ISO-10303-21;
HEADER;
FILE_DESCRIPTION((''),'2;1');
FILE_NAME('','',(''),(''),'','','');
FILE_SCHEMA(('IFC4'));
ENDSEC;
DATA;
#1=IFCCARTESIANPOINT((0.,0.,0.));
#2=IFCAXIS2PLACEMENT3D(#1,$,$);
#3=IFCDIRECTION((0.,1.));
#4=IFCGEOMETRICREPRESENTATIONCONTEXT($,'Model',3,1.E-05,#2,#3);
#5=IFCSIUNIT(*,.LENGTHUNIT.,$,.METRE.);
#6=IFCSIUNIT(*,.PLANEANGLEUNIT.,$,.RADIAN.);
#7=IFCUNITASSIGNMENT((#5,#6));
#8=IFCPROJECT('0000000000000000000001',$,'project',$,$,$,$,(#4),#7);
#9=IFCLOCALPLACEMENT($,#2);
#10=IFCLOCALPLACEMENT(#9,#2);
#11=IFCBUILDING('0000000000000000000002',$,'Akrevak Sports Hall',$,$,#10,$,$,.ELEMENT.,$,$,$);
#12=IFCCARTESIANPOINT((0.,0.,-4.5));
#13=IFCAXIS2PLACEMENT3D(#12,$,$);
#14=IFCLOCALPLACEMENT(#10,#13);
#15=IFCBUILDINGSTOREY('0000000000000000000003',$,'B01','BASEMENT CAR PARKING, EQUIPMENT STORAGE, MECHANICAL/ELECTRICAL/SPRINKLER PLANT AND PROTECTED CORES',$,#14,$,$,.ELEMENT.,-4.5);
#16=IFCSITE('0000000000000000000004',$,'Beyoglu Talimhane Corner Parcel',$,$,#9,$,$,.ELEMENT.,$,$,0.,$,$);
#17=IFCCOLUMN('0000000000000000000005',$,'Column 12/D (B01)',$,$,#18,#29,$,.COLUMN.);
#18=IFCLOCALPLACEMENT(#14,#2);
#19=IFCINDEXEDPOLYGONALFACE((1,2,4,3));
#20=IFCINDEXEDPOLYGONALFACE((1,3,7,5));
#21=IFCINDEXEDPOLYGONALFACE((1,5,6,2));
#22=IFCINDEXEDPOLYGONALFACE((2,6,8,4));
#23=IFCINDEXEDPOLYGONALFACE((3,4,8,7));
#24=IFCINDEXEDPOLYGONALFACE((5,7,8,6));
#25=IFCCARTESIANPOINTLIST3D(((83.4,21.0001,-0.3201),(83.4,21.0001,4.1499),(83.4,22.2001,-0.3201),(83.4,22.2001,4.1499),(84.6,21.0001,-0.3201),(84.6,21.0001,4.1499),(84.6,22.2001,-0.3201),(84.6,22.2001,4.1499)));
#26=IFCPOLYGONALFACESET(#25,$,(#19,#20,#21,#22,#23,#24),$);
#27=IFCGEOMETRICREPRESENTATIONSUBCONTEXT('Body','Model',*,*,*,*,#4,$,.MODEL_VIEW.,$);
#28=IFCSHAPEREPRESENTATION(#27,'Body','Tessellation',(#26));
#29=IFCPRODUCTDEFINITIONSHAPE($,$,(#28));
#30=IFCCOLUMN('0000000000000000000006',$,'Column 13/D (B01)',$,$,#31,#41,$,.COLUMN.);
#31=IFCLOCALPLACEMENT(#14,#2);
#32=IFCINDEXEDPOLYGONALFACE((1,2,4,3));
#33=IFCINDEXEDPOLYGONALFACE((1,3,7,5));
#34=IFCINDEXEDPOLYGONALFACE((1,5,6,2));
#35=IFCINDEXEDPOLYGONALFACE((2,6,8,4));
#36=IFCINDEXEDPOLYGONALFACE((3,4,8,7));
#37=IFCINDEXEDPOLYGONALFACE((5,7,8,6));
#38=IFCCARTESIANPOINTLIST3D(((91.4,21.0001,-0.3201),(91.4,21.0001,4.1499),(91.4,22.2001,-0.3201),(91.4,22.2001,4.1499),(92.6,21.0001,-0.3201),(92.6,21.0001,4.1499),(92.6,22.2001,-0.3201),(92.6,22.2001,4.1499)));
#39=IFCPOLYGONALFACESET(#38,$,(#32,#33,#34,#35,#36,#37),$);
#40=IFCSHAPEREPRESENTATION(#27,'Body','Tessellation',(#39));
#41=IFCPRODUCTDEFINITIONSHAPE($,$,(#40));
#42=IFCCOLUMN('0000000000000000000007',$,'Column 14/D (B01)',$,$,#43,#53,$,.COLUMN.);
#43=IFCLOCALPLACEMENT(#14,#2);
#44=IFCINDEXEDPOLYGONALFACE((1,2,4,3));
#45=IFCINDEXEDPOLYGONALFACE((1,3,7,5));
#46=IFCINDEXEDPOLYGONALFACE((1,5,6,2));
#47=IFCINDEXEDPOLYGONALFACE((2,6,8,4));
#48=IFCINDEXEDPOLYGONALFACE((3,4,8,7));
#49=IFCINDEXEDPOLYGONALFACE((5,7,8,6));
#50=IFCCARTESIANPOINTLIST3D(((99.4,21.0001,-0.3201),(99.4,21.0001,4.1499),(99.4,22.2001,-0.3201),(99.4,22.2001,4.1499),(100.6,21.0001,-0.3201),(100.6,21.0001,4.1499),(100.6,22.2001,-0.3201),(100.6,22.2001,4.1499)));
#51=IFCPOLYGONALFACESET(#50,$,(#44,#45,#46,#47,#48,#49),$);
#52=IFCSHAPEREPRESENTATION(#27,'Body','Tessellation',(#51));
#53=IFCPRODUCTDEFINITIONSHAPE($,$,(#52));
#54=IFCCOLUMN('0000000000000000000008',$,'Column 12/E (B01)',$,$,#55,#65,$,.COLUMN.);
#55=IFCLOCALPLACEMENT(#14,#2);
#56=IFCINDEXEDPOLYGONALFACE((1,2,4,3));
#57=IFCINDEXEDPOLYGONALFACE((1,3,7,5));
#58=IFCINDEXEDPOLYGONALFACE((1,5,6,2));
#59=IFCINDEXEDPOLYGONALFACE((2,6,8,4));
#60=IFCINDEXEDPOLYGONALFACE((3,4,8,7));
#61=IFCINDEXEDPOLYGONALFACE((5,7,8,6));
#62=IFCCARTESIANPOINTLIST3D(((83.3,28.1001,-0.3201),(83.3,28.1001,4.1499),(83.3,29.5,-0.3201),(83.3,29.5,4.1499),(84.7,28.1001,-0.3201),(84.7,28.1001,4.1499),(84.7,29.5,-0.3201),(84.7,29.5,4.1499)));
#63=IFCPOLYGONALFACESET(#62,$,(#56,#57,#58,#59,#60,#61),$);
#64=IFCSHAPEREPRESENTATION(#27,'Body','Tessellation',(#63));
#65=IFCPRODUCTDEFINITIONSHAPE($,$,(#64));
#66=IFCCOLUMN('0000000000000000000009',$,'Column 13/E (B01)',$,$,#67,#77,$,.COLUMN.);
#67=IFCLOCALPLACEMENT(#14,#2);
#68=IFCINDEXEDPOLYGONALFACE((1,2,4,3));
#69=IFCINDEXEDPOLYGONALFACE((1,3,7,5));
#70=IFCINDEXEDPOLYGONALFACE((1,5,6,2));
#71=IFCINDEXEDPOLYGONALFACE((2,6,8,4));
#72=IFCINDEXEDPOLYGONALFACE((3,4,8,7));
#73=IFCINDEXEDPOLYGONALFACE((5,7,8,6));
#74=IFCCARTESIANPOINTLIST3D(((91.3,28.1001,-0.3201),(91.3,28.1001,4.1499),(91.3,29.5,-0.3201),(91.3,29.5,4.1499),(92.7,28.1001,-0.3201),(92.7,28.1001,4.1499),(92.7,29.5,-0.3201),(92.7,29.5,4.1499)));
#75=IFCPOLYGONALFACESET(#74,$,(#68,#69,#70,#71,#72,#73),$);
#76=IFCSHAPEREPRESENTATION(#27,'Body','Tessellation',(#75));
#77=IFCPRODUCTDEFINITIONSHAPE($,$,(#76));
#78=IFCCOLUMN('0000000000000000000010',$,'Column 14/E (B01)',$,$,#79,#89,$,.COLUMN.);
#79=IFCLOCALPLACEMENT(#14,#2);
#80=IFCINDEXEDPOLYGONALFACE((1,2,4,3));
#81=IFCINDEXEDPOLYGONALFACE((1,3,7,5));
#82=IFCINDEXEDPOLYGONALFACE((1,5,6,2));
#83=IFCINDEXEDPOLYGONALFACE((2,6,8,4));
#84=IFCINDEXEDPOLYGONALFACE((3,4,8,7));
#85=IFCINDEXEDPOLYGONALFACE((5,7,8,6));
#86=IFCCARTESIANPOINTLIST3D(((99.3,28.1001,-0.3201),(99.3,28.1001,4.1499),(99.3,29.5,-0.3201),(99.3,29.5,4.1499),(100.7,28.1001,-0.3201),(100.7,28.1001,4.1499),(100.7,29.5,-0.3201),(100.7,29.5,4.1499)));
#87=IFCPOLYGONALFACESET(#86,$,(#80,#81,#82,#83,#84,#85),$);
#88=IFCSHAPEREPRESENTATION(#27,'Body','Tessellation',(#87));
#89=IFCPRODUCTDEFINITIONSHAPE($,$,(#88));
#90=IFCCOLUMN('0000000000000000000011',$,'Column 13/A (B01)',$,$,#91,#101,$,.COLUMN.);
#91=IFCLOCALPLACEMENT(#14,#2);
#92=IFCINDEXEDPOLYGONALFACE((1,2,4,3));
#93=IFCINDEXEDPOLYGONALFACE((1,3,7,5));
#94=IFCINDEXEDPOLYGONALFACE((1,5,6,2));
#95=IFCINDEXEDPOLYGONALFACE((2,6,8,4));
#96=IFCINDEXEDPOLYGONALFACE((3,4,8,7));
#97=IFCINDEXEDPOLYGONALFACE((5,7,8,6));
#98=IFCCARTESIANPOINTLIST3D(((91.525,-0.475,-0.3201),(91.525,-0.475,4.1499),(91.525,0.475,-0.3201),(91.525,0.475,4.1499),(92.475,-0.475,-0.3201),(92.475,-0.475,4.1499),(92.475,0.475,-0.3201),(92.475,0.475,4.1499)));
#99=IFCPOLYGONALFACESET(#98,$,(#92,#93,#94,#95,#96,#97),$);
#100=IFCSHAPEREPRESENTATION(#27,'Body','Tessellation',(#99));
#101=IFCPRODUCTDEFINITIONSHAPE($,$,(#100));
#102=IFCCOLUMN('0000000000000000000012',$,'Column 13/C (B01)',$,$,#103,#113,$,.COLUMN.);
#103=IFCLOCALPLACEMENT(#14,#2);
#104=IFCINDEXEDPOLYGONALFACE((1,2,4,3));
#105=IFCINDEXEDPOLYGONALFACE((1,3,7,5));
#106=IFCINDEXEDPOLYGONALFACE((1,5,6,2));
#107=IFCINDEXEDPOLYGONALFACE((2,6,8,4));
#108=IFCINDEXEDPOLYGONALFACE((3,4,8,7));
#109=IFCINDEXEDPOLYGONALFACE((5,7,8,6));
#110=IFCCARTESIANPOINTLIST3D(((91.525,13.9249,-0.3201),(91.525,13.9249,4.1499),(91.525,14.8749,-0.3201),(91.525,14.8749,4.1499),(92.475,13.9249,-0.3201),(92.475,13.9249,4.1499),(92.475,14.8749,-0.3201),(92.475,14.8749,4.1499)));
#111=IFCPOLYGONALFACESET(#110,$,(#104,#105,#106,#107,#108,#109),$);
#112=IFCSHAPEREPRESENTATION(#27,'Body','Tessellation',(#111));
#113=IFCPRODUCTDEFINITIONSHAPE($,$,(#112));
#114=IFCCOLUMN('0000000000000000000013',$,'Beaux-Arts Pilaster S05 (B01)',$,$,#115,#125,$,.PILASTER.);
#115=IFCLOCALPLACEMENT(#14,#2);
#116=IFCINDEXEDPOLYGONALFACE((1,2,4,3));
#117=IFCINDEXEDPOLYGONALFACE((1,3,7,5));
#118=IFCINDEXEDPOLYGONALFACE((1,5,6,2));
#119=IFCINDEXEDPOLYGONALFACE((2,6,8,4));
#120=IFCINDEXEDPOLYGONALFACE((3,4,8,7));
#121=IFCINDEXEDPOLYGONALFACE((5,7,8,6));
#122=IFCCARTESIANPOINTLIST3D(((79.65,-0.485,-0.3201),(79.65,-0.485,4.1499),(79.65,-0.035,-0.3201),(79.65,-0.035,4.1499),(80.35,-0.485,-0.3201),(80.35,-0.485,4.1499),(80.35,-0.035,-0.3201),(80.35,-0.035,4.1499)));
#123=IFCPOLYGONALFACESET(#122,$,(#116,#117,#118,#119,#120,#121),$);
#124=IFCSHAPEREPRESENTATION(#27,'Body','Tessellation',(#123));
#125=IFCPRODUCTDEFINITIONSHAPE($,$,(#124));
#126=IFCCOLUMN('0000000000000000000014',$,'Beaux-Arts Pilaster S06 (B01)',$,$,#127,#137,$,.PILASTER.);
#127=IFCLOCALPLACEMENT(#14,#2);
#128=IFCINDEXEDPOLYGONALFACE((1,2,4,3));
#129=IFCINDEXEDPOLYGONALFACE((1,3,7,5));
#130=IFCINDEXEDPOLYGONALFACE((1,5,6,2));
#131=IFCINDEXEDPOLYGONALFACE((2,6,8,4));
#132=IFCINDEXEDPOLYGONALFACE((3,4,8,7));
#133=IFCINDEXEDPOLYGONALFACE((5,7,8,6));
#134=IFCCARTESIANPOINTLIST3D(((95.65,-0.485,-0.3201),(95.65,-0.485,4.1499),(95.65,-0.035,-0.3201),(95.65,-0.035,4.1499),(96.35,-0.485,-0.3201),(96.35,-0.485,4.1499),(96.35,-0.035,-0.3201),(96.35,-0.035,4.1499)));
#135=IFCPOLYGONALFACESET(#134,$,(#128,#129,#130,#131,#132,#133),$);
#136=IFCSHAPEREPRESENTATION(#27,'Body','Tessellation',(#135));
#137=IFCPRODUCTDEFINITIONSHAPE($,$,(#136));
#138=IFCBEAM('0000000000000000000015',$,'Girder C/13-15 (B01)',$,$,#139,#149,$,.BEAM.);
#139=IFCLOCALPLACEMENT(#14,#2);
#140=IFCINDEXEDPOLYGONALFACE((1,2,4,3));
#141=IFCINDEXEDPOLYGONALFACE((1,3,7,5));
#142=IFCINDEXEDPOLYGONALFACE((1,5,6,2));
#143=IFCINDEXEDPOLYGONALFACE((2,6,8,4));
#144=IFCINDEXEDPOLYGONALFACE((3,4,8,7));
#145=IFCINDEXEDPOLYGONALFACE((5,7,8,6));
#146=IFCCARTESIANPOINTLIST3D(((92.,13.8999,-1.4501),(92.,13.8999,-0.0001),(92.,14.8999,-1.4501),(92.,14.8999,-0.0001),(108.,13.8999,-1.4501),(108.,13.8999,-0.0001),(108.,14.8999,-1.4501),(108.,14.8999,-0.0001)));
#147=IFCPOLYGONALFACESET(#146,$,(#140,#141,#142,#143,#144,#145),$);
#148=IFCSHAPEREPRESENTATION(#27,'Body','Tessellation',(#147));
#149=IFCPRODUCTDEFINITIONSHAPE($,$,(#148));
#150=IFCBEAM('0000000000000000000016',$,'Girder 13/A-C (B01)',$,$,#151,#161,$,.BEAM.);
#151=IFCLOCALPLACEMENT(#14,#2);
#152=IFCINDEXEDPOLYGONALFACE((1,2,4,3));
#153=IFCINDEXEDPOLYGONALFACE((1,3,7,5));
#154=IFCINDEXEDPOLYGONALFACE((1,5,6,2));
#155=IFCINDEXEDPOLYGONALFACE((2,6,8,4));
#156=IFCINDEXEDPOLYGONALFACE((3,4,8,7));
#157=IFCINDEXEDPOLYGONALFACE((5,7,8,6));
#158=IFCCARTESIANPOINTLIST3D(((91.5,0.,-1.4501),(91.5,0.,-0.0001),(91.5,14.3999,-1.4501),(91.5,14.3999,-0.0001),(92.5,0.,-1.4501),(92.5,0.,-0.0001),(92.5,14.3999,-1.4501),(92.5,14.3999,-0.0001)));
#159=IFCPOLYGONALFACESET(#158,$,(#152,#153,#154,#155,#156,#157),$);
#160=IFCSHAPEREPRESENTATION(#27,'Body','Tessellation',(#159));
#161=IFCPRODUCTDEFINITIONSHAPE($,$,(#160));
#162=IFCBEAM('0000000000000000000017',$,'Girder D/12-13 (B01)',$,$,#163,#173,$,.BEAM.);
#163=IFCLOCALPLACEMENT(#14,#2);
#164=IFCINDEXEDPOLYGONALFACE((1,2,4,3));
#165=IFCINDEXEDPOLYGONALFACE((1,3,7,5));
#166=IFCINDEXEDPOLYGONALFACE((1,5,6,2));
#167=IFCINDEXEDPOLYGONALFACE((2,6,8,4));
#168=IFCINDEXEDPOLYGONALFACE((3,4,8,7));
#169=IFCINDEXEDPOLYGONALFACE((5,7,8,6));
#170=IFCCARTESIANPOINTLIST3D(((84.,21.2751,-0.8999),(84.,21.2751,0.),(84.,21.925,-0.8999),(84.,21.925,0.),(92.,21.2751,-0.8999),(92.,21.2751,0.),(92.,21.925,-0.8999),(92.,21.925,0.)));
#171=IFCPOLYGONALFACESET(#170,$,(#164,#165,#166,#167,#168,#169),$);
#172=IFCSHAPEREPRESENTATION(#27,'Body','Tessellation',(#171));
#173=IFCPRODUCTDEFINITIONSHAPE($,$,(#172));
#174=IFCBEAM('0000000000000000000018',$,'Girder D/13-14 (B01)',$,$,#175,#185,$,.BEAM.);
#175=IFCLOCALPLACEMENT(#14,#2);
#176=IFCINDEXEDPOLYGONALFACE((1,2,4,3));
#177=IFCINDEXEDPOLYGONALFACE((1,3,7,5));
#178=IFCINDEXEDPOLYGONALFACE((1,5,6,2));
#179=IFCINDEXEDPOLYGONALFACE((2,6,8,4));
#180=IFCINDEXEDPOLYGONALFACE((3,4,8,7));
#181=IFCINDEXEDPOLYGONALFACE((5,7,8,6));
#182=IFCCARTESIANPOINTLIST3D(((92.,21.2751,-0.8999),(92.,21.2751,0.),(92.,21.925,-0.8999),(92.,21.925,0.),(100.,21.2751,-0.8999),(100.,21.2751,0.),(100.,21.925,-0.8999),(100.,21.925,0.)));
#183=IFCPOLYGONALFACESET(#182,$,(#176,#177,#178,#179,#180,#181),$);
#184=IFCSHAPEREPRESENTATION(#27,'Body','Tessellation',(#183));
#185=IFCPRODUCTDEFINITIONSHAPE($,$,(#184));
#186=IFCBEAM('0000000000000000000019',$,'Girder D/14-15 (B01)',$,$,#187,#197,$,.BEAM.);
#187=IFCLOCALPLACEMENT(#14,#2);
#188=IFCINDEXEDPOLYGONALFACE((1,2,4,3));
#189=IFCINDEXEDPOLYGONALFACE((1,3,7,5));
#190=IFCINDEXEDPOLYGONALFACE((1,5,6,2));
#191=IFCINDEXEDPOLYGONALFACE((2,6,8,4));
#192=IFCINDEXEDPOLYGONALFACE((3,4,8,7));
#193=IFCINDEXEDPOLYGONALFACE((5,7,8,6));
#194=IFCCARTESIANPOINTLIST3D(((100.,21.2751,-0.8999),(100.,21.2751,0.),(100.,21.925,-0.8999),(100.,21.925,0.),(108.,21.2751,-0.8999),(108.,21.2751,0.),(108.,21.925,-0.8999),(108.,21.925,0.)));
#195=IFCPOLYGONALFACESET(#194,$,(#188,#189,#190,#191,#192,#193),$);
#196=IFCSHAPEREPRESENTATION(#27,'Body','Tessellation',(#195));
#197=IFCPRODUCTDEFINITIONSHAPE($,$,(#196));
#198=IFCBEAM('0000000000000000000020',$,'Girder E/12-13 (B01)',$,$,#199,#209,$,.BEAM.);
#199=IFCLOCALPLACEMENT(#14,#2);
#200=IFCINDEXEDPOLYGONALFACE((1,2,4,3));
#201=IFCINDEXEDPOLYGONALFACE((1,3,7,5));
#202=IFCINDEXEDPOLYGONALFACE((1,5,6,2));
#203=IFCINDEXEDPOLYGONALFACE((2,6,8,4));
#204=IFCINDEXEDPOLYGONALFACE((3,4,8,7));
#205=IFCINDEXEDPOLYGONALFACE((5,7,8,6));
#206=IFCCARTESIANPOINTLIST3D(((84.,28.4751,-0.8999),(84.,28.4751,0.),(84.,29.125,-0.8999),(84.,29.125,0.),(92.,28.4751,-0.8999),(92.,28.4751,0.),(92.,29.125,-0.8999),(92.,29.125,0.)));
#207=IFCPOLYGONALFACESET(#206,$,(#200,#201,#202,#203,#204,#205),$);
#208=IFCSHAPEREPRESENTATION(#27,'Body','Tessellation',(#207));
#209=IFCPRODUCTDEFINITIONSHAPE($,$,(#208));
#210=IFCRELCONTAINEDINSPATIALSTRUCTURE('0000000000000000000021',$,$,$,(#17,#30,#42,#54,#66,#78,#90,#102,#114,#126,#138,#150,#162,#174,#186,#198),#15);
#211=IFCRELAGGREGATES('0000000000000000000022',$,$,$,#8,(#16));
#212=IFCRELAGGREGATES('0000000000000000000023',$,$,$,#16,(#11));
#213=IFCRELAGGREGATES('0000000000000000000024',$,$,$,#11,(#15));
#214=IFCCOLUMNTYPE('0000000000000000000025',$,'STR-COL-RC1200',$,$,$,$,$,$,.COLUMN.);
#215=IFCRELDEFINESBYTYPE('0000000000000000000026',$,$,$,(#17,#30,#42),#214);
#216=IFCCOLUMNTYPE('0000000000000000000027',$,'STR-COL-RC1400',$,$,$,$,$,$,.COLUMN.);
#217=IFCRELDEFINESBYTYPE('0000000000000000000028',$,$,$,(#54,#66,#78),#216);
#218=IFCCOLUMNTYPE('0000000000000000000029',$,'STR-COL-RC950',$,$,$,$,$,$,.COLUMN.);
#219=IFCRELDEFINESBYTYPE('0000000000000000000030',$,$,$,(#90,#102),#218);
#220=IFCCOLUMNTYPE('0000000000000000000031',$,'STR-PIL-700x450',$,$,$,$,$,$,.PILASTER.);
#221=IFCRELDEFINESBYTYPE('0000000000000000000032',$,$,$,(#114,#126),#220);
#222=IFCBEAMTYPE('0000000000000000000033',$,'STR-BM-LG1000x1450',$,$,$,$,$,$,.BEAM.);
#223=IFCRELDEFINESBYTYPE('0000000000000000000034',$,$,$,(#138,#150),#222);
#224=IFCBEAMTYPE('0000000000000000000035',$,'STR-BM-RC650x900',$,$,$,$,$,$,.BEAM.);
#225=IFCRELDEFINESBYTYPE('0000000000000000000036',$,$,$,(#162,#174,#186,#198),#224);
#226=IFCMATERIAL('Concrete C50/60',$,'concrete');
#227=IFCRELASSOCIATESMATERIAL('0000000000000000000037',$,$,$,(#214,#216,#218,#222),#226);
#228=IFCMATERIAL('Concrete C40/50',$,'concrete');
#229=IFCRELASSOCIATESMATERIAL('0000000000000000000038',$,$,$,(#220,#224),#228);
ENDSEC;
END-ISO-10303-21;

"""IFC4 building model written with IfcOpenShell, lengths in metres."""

from ifc_helpers import new_model, si_unit, direction, frame, origin, origin_2d, place, context, subcontext, project, spatial, rectangle, extrude, material, material_profile, profile_set, type_object, element, save


model = new_model("IFC4")

# Units and contexts
model_context = context("Model", 3, precision=1e-05, world=origin(), true_north=direction((0.0, 1.0)))
body_context = subcontext(model_context, "Body", "Model", "MODEL_VIEW")
ifc_project = project(units=[si_unit("LENGTHUNIT", "METRE"), si_unit("PLANEANGLEUNIT", "RADIAN")], contexts=[model_context])

# Site, building, storey
site_placement = place(None, origin())
site = spatial("IfcSite", under=ifc_project, at=site_placement, Name="Beyoglu Talimhane Corner Parcel", CompositionType="ELEMENT", RefElevation=0.0)
building_placement = place(site_placement, origin())
building = spatial("IfcBuilding", under=site, at=building_placement, Name="Akrevak Sports Hall", CompositionType="ELEMENT")
storey_placement = place(building_placement, frame((0.0, 0.0, -4.5)))
storey = spatial("IfcBuildingStorey", under=building, at=storey_placement, Name="B01", Description="BASEMENT CAR PARKING, EQUIPMENT STORAGE, MECHANICAL/ELECTRICAL/SPRINKLER PLANT AND PROTECTED CORES", CompositionType="ELEMENT", Elevation=-4.5)

# Columns
ifc_material_1 = material(Name="Concrete C50/60", Category="concrete")
ifc_material_profile_1 = material_profile(ifc_material_1, rectangle(XDim=1.2, YDim=1.2, at=origin_2d()), Name="RC 1200x1200", Category="concrete")
ifc_profile_set_1 = profile_set([ifc_material_profile_1], Name="Concrete C50/60")
column_type_1 = type_object("IfcColumnType", Name="STR-COL-RC1200", PredefinedType="COLUMN", material=ifc_profile_set_1)
for number, where, z_axis, x_axis, name in (
    (1, (84.0, 21.6001, -0.3201), (0.0, 0.0, 1.0), (1.0, 0.0, 0.0), "Column 12/D (B01)"),
    (2, (92.0, 21.6001, -0.3201), (0.0, 0.0, 1.0), (1.0, 0.0, 0.0), "Column 13/D (B01)"),
    (3, (100.0, 21.6001, -0.3201), (0.0, 0.0, 1.0), (1.0, 0.0, 0.0), "Column 14/D (B01)"),
):
    element("IfcColumn", number, at=place(storey_placement, frame(where, z_axis=z_axis, x_axis=x_axis)), inside=storey, type_object=column_type_1, Name=name, PredefinedType="COLUMN", context=body_context, shape_type="SweptSolid", body=[
        extrude(rectangle(XDim=1.2, YDim=1.2, at=origin_2d()), origin(), (0.0, 0.0, 1.0), 4.47),
    ])
ifc_material_profile_2 = material_profile(ifc_material_1, rectangle(XDim=1.3999, YDim=1.3999, at=origin_2d()), Name="RC 1400x1400", Category="concrete")
ifc_profile_set_2 = profile_set([ifc_material_profile_2], Name="Concrete C50/60")
column_type_2 = type_object("IfcColumnType", Name="STR-COL-RC1400", PredefinedType="COLUMN", material=ifc_profile_set_2)
for number, where, z_axis, x_axis, name in (
    (4, (84.0, 28.8, -0.3201), (0.0, 0.0, 1.0), (1.0, 0.0, 0.0), "Column 12/E (B01)"),
    (5, (92.0, 28.8, -0.3201), (0.0, 0.0, 1.0), (1.0, 0.0, 0.0), "Column 13/E (B01)"),
    (6, (100.0, 28.8, -0.3201), (0.0, 0.0, 1.0), (1.0, 0.0, 0.0), "Column 14/E (B01)"),
):
    element("IfcColumn", number, at=place(storey_placement, frame(where, z_axis=z_axis, x_axis=x_axis)), inside=storey, type_object=column_type_2, Name=name, PredefinedType="COLUMN", context=body_context, shape_type="SweptSolid", body=[
        extrude(rectangle(XDim=1.3999, YDim=1.3999, at=origin_2d()), origin(), (0.0, 0.0, 1.0), 4.47),
    ])
ifc_material_profile_3 = material_profile(ifc_material_1, rectangle(XDim=0.95, YDim=0.95, at=origin_2d()), Name="RC 950x950", Category="concrete")
ifc_profile_set_3 = profile_set([ifc_material_profile_3], Name="Concrete C50/60")
column_type_3 = type_object("IfcColumnType", Name="STR-COL-RC950", PredefinedType="COLUMN", material=ifc_profile_set_3)
for number, where, z_axis, x_axis, name in (
    (7, (92.0, 0.0, -0.3201), (0.0, 0.0, 1.0), (1.0, 0.0, 0.0), "Column 13/A (B01)"),
    (8, (92.0, 14.3999, -0.3201), (0.0, 0.0, 1.0), (1.0, 0.0, 0.0), "Column 13/C (B01)"),
):
    element("IfcColumn", number, at=place(storey_placement, frame(where, z_axis=z_axis, x_axis=x_axis)), inside=storey, type_object=column_type_3, Name=name, PredefinedType="COLUMN", context=body_context, shape_type="SweptSolid", body=[
        extrude(rectangle(XDim=0.95, YDim=0.95, at=origin_2d()), origin(), (0.0, 0.0, 1.0), 4.47),
    ])
ifc_material_2 = material(Name="Concrete C40/50", Category="concrete")
ifc_material_profile_4 = material_profile(ifc_material_2, rectangle(XDim=0.7, YDim=0.45, at=origin_2d()), Name="PIL 700x450", Category="concrete")
ifc_profile_set_4 = profile_set([ifc_material_profile_4], Name="Concrete C40/50")
column_type_4 = type_object("IfcColumnType", Name="STR-PIL-700x450", PredefinedType="PILASTER", material=ifc_profile_set_4)
for number, where, z_axis, x_axis, name in (
    (9, (80.0, -0.26, -0.3201), (0.0, 0.0, 1.0), (1.0, 0.0, 0.0), "Beaux-Arts Pilaster S05 (B01)"),
    (10, (96.0, -0.26, -0.3201), (0.0, 0.0, 1.0), (1.0, 0.0, 0.0), "Beaux-Arts Pilaster S06 (B01)"),
):
    element("IfcColumn", number, at=place(storey_placement, frame(where, z_axis=z_axis, x_axis=x_axis)), inside=storey, type_object=column_type_4, Name=name, PredefinedType="PILASTER", context=body_context, shape_type="SweptSolid", body=[
        extrude(rectangle(XDim=0.7, YDim=0.45, at=origin_2d()), origin(), (0.0, 0.0, 1.0), 4.47),
    ])

# Beams
ifc_material_profile_5 = material_profile(ifc_material_1, rectangle(XDim=1.0, YDim=1.45, at=origin_2d()), Name="BM 1000x1450", Category="concrete")
ifc_profile_set_5 = profile_set([ifc_material_profile_5], Name="Concrete C50/60")
beam_type_1 = type_object("IfcBeamType", Name="STR-BM-LG1000x1450", PredefinedType="BEAM", material=ifc_profile_set_5)
beam_1_placement = place(storey_placement, frame((92.0, 14.3999, -0.7251), z_axis=(1.0, 0.0, 0.0), x_axis=(0.0, 1.0, 0.0)))
element("IfcBeam", 11, at=beam_1_placement, inside=storey, type_object=beam_type_1, Name="Girder C/13-15 (B01)", PredefinedType="BEAM", context=body_context, shape_type="SweptSolid", body=[
    extrude(rectangle(XDim=1.0, YDim=1.45, at=origin_2d()), origin(), (0.0, 0.0, 1.0), 16.0),
])
beam_2_placement = place(storey_placement, frame((92.0, 0.0, -0.7251), z_axis=(0.0, 1.0, 0.0), x_axis=(-1.0, 0.0, 0.0)))
element("IfcBeam", 12, at=beam_2_placement, inside=storey, type_object=beam_type_1, Name="Girder 13/A-C (B01)", PredefinedType="BEAM", context=body_context, shape_type="SweptSolid", body=[
    extrude(rectangle(XDim=1.0, YDim=1.45, at=origin_2d()), origin(), (0.0, 0.0, 1.0), 14.3999),
])
ifc_material_profile_6 = material_profile(ifc_material_2, rectangle(XDim=0.6499, YDim=0.8999, at=origin_2d()), Name="BM 650x900", Category="concrete")
ifc_profile_set_6 = profile_set([ifc_material_profile_6], Name="Concrete C40/50")
beam_type_2 = type_object("IfcBeamType", Name="STR-BM-RC650x900", PredefinedType="BEAM", material=ifc_profile_set_6)
for number, where, z_axis, x_axis, name in (
    (13, (84.0, 21.6001, -0.45), (1.0, 0.0, 0.0), (0.0, 1.0, 0.0), "Girder D/12-13 (B01)"),
    (14, (92.0, 21.6001, -0.45), (1.0, 0.0, 0.0), (0.0, 1.0, 0.0), "Girder D/13-14 (B01)"),
    (15, (100.0, 21.6001, -0.45), (1.0, 0.0, 0.0), (0.0, 1.0, 0.0), "Girder D/14-15 (B01)"),
    (16, (84.0, 28.8, -0.45), (1.0, 0.0, 0.0), (0.0, 1.0, 0.0), "Girder E/12-13 (B01)"),
):
    element("IfcBeam", number, at=place(storey_placement, frame(where, z_axis=z_axis, x_axis=x_axis)), inside=storey, type_object=beam_type_2, Name=name, PredefinedType="BEAM", context=body_context, shape_type="SweptSolid", body=[
        extrude(rectangle(XDim=0.6499, YDim=0.8999, at=origin_2d()), origin(), (0.0, 0.0, 1.0), 8.0),
    ])

save(model, "model.ifc")
